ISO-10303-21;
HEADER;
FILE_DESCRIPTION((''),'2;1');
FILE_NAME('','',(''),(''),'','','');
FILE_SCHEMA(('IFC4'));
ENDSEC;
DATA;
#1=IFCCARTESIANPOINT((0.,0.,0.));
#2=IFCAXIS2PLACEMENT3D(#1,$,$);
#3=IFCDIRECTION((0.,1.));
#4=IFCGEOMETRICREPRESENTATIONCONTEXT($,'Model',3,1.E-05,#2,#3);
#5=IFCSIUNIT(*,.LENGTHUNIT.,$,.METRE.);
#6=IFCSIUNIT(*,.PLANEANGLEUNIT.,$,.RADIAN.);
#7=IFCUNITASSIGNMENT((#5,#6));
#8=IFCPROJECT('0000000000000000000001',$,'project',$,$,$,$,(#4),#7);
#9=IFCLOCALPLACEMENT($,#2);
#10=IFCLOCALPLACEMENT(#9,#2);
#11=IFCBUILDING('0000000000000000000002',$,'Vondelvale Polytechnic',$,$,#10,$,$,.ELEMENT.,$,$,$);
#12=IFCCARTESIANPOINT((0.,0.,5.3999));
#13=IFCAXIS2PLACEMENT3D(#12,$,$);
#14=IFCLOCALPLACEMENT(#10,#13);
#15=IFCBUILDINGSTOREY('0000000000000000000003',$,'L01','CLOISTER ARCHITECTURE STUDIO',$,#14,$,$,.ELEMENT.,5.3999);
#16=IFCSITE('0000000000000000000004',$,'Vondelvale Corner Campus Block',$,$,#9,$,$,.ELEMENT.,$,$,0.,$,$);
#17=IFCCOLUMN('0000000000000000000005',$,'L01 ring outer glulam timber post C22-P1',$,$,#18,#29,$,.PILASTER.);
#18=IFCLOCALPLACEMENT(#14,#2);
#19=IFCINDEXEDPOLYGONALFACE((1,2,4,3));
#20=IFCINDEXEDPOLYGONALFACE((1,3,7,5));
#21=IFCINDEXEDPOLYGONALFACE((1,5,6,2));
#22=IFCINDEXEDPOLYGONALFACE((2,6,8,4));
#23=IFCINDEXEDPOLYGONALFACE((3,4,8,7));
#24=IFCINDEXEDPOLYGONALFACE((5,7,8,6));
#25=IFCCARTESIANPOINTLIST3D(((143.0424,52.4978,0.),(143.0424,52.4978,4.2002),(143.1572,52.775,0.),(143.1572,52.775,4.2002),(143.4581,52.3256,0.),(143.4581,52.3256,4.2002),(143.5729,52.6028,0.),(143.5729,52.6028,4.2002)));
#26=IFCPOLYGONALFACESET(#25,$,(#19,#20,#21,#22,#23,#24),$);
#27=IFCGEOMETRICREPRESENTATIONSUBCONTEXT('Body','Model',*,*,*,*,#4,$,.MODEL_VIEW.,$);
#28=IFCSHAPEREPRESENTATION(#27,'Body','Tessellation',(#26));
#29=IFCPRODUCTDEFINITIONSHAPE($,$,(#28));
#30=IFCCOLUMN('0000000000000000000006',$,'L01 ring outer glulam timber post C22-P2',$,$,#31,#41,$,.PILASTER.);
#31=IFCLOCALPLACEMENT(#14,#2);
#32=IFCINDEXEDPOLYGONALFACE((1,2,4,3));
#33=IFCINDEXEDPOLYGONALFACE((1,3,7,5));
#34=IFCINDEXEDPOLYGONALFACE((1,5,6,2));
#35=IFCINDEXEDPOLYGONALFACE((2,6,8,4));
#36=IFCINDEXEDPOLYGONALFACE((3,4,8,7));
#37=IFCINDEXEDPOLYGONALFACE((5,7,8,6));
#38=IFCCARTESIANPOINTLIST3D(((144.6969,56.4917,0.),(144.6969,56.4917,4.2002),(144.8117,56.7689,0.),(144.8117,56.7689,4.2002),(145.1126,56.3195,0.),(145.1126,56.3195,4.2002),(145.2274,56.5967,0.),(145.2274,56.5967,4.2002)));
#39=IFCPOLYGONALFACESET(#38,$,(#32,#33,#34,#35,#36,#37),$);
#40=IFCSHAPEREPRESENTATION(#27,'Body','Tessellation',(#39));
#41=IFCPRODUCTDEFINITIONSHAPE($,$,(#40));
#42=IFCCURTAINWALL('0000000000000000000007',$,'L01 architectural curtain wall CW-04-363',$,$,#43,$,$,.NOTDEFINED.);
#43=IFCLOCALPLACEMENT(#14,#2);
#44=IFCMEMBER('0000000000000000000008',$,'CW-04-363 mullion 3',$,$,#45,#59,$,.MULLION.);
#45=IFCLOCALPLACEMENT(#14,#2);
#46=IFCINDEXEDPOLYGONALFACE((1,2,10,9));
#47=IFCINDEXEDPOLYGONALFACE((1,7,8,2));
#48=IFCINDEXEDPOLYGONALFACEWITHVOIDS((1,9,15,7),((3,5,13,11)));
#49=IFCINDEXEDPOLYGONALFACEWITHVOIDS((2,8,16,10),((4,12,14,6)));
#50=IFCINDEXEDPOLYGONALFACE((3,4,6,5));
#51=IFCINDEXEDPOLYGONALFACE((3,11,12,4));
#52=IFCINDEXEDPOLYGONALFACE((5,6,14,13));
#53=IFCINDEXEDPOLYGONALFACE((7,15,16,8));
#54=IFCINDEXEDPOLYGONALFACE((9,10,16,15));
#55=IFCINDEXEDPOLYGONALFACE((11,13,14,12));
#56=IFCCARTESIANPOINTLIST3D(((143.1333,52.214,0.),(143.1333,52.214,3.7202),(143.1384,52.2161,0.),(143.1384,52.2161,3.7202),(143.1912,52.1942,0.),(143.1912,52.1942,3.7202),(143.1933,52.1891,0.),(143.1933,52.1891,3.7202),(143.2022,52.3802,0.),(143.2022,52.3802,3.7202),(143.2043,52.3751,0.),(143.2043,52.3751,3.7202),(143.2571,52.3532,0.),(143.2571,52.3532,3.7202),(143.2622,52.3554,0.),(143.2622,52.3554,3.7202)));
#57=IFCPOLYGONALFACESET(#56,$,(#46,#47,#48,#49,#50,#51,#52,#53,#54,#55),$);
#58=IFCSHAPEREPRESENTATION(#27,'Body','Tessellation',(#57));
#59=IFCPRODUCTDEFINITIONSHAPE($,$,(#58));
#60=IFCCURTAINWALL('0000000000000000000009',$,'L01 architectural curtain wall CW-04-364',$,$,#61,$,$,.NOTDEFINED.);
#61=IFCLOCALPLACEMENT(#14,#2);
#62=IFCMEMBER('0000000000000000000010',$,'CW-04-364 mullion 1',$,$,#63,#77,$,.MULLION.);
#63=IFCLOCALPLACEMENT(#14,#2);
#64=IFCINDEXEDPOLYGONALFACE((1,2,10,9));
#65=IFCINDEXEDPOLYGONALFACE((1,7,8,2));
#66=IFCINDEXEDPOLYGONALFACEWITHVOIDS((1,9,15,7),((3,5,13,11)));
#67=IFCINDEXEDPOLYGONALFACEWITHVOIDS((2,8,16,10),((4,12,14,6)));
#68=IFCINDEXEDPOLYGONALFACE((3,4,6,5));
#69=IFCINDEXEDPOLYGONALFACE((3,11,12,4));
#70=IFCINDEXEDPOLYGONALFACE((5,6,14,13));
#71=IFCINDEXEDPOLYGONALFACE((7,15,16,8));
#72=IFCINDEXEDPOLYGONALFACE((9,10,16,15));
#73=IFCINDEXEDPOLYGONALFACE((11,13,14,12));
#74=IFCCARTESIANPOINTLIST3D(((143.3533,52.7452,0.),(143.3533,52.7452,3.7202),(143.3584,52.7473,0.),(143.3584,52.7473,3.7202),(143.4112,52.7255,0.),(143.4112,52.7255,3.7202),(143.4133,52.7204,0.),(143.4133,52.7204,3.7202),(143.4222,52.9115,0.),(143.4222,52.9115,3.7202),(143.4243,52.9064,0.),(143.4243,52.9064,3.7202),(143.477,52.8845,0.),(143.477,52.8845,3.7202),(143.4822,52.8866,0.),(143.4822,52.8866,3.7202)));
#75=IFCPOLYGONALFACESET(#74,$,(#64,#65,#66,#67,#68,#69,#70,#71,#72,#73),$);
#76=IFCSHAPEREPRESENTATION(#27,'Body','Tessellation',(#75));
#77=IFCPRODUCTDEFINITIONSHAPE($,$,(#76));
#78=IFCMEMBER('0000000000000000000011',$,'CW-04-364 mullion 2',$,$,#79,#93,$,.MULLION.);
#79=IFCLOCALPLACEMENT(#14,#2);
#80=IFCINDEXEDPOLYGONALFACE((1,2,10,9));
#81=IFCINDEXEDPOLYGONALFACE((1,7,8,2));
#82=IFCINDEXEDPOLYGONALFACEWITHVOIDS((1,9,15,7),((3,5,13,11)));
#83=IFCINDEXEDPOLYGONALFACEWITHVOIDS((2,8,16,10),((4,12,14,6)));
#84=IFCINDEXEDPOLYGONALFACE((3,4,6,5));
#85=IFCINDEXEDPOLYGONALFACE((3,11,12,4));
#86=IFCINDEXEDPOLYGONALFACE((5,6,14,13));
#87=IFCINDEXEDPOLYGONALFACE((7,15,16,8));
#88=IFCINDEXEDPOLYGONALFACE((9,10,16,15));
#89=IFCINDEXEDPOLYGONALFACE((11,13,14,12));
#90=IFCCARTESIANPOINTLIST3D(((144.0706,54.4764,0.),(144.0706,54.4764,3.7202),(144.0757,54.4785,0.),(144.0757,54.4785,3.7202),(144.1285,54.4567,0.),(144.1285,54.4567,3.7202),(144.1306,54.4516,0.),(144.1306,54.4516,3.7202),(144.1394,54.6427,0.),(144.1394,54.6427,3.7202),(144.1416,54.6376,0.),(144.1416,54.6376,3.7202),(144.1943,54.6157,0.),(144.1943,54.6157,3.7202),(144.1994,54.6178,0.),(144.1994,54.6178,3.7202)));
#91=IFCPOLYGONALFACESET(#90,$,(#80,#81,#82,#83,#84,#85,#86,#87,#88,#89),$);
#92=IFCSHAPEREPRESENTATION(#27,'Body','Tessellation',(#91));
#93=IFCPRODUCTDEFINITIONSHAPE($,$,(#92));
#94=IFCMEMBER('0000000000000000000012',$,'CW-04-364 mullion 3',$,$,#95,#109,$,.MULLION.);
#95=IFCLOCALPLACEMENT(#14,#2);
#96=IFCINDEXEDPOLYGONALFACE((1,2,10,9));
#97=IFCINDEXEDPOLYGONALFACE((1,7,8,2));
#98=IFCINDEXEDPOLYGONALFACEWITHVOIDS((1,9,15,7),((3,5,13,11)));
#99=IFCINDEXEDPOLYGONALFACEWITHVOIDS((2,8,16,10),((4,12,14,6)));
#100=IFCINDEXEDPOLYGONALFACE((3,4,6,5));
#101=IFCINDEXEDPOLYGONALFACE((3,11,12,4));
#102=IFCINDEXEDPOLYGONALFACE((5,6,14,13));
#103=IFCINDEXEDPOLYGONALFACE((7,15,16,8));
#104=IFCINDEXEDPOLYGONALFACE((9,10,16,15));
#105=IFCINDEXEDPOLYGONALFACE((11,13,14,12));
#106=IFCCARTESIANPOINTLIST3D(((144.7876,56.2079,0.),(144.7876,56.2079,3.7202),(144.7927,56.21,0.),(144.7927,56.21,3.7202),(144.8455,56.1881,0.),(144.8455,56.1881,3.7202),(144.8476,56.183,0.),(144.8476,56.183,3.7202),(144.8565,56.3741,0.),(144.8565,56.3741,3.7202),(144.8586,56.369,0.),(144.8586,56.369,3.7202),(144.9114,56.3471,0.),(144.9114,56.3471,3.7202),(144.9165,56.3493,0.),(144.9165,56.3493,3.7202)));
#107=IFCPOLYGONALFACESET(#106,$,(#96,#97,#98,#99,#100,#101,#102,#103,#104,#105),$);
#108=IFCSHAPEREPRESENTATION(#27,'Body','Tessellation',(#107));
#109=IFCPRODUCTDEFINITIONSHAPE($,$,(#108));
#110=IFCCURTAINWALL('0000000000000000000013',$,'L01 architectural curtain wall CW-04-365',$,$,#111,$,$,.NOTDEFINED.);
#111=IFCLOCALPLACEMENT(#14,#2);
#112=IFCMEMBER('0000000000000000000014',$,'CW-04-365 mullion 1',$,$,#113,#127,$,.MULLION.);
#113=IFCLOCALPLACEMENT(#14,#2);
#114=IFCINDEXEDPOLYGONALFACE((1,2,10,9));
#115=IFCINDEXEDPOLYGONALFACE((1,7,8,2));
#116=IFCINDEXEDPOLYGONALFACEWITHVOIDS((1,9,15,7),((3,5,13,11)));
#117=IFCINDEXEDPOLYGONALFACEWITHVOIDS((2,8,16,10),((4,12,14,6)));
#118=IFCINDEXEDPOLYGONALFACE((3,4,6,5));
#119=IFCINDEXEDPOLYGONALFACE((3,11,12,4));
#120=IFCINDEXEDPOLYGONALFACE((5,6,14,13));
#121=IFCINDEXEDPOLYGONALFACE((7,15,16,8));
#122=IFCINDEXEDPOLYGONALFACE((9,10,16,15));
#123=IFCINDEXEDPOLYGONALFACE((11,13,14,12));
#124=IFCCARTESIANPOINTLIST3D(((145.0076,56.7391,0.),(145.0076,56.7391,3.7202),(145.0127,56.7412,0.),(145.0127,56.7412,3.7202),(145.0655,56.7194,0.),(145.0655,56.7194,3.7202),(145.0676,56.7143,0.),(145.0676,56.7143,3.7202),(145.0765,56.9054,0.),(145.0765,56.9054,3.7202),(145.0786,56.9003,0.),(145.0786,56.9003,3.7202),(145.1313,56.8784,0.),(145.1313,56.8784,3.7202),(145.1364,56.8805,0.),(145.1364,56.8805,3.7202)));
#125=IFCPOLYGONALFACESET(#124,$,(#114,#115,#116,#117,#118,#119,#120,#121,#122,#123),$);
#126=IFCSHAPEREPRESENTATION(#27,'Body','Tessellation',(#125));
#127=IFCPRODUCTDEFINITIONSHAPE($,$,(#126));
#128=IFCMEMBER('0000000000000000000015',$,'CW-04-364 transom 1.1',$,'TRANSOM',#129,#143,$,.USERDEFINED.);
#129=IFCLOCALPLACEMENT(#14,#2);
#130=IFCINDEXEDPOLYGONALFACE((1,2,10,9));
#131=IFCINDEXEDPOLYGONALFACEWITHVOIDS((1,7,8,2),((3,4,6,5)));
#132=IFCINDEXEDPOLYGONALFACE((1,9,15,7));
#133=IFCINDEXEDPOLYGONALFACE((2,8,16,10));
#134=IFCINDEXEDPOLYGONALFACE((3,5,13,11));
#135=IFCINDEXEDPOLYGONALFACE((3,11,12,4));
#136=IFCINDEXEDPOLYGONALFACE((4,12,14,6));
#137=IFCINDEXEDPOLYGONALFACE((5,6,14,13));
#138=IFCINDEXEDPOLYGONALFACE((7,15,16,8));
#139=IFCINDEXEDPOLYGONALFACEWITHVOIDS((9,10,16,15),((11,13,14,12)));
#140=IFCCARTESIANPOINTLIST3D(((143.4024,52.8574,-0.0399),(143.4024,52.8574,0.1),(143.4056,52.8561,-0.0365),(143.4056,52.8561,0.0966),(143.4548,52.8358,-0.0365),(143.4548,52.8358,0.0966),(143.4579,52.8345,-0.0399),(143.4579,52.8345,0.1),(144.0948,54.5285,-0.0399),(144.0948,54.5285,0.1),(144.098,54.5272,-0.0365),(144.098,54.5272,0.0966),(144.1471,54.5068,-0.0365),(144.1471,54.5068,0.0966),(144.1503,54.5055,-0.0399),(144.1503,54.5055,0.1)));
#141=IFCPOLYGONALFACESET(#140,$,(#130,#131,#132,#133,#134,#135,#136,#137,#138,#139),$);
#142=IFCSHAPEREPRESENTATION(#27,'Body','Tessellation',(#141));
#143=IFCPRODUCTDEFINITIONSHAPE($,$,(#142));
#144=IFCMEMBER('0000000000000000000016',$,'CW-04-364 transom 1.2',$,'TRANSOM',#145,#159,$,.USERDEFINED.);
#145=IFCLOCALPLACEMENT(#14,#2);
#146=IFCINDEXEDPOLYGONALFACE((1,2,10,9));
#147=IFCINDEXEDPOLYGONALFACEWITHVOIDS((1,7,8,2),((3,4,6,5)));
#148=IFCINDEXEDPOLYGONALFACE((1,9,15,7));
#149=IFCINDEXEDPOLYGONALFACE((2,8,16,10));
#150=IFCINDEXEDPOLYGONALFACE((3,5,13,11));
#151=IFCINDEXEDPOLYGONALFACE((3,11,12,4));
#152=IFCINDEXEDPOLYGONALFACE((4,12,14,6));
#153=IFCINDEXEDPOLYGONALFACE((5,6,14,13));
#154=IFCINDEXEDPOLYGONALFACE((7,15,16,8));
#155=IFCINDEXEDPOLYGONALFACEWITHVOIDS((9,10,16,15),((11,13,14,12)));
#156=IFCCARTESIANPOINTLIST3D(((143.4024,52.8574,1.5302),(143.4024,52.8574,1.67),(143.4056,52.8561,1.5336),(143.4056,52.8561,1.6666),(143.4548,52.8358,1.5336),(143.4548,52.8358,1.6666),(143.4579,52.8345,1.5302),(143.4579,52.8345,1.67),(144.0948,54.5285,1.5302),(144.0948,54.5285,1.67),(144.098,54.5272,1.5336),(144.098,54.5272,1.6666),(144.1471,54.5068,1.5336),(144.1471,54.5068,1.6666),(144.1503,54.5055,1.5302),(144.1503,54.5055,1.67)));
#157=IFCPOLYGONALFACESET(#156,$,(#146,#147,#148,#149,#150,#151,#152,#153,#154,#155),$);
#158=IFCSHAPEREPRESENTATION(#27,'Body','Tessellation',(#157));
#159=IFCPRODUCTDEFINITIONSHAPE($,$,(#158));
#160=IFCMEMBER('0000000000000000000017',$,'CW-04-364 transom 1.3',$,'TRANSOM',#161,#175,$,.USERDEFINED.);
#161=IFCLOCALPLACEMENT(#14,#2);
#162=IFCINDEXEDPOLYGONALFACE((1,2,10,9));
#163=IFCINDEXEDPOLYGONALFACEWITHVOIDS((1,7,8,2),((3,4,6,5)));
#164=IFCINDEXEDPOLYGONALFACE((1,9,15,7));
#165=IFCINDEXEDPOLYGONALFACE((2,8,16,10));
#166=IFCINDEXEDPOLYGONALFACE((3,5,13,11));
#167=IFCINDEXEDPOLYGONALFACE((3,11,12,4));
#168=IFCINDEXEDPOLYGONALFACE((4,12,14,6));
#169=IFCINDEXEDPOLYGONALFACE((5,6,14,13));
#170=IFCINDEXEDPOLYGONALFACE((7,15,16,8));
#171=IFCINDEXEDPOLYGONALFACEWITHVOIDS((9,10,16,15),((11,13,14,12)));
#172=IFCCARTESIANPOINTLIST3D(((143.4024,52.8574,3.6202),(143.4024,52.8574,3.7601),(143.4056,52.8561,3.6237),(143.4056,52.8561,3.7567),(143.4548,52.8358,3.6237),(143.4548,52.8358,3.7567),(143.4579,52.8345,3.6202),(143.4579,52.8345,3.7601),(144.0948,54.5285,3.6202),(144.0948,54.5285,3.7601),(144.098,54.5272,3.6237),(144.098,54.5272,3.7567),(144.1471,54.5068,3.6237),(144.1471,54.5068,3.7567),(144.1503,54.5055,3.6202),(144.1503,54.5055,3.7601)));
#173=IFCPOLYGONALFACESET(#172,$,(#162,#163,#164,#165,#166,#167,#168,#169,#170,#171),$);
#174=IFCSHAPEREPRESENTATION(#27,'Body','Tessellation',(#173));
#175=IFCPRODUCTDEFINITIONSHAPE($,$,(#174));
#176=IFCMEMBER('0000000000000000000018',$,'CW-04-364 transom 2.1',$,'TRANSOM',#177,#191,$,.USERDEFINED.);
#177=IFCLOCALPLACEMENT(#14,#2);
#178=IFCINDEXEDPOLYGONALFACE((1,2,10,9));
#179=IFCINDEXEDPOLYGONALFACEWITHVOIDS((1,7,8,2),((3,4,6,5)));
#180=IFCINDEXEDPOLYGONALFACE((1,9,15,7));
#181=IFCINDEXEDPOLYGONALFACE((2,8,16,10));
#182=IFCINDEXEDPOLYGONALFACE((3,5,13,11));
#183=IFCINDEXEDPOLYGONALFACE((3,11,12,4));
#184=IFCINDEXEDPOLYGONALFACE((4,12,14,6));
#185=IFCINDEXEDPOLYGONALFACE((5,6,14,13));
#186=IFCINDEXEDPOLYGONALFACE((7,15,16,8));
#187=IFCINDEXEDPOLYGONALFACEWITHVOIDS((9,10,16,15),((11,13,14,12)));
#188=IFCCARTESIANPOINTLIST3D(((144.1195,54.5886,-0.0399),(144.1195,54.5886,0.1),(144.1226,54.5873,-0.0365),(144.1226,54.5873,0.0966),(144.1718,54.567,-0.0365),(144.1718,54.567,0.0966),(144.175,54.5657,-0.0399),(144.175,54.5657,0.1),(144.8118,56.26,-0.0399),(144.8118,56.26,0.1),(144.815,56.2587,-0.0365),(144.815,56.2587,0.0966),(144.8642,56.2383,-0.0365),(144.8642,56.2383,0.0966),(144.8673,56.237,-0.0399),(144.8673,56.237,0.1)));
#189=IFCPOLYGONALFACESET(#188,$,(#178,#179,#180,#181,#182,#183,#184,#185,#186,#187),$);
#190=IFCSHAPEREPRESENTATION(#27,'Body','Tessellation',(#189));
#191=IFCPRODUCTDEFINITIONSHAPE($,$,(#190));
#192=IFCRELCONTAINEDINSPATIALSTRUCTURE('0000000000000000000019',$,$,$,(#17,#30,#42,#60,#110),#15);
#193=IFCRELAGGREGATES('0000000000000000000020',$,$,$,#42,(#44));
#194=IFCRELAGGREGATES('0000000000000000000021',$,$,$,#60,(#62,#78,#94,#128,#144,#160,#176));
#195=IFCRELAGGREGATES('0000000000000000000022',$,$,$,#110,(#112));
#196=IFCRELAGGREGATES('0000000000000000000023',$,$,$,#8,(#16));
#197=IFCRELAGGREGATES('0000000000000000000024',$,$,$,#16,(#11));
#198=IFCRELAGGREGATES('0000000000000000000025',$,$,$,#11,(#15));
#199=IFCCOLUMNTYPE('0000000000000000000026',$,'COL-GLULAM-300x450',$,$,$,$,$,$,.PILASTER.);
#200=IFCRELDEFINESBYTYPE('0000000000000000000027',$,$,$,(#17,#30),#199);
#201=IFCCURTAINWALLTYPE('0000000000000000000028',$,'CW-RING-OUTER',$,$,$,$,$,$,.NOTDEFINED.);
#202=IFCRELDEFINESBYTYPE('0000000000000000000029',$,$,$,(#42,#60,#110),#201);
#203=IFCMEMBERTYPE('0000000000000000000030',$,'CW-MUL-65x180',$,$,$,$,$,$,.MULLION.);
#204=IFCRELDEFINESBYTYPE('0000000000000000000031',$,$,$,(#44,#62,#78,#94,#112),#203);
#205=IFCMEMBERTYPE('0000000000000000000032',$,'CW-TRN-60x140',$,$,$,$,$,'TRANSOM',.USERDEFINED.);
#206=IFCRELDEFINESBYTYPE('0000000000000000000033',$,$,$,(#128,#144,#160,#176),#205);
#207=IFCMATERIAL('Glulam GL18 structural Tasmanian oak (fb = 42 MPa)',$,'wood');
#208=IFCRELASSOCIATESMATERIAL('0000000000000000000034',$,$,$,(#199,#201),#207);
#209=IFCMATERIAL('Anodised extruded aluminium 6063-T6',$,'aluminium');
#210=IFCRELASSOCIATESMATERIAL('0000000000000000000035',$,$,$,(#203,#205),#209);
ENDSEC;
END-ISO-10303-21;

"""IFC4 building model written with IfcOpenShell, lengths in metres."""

from ifc_helpers import new_model, si_unit, direction, frame, origin, origin_2d, place, context, subcontext, project, spatial, rectangle, hollow_rectangle, extrude, material, material_profile, profile_set, type_object, element, aggregate, save


model = new_model("IFC4")

# Units and contexts
model_context = context("Model", 3, precision=1e-05, world=origin(), true_north=direction((0.0, 1.0)))
body_context = subcontext(model_context, "Body", "Model", "MODEL_VIEW")
ifc_project = project(units=[si_unit("LENGTHUNIT", "METRE"), si_unit("PLANEANGLEUNIT", "RADIAN")], contexts=[model_context])

# Site, building, storey
site_placement = place(None, origin())
site = spatial("IfcSite", under=ifc_project, at=site_placement, Name="Vondelvale Corner Campus Block", CompositionType="ELEMENT", RefElevation=0.0)
building_placement = place(site_placement, origin())
building = spatial("IfcBuilding", under=site, at=building_placement, Name="Vondelvale Polytechnic", CompositionType="ELEMENT")
storey_placement = place(building_placement, frame((0.0, 0.0, 5.3999)))
storey = spatial("IfcBuildingStorey", under=building, at=storey_placement, Name="L01", Description="CLOISTER ARCHITECTURE STUDIO", CompositionType="ELEMENT", Elevation=5.3999)

# Columns
ifc_material_1 = material(Name="Glulam GL18 structural Tasmanian oak (fb = 42 MPa)", Category="wood")
ifc_material_profile_1 = material_profile(ifc_material_1, rectangle(XDim=0.3, YDim=0.45, at=origin_2d()), Name="GL-POST-300x450")
ifc_profile_set_1 = profile_set([ifc_material_profile_1], Name="Glulam GL18 structural Tasmanian oak (fb = 42 MPa)")
column_type = type_object("IfcColumnType", Name="COL-GLULAM-300x450", PredefinedType="PILASTER", material=ifc_profile_set_1)
for number, where, z_axis, x_axis, name in (
    (1, (143.3076, 52.5503, 0.0), (0.0, 0.0, 1.0), (0.382683, 0.92388, 0.0), "L01 ring outer glulam timber post C22-P1"),
    (2, (144.9622, 56.5442, 0.0), (0.0, 0.0, 1.0), (0.382683, 0.92388, 0.0), "L01 ring outer glulam timber post C22-P2"),
):
    element("IfcColumn", number, at=place(storey_placement, frame(where, z_axis=z_axis, x_axis=x_axis)), inside=storey, type_object=column_type, Name=name, PredefinedType="PILASTER", context=body_context, shape_type="SweptSolid", body=[
        extrude(rectangle(XDim=0.3, YDim=0.45, at=origin_2d()), origin(), (0.0, 0.0, 1.0), 4.2002),
    ])

# Curtain wall, member
curtain_wall_type = type_object("IfcCurtainWallType", Name="CW-RING-OUTER", PredefinedType="NOTDEFINED", material=ifc_material_1)
curtain_wall_1_placement = place(storey_placement, origin())
curtain_wall_1 = element("IfcCurtainWall", 3, at=curtain_wall_1_placement, inside=storey, type_object=curtain_wall_type, Name="L01 architectural curtain wall CW-04-363", PredefinedType="NOTDEFINED")
ifc_material_2 = material(Name="Anodised extruded aluminium 6063-T6", Category="aluminium")
ifc_material_profile_2 = material_profile(ifc_material_2, hollow_rectangle(XDim=0.0649, YDim=0.1799, WallThickness=0.0039, at=origin_2d()), Name="CW-MUL-180x65")
ifc_profile_set_2 = profile_set([ifc_material_profile_2], Name="Anodised extruded aluminium 6063-T6")
member_type_1 = type_object("IfcMemberType", Name="CW-MUL-65x180", PredefinedType="MULLION", material=ifc_profile_set_2)
member_1_placement = place(storey_placement, frame((143.1978, 52.2847, 0.0), z_axis=(0.0, 0.0, 1.0), x_axis=(-0.923882, 0.382677, 0.0)))
member_1 = element("IfcMember", 4, at=member_1_placement, type_object=member_type_1, Name="CW-04-363 mullion 3", PredefinedType="MULLION", context=body_context, shape_type="SweptSolid", body=[
    extrude(hollow_rectangle(XDim=0.0649, YDim=0.1799, WallThickness=0.0039, at=origin_2d()), origin(), (0.0, 0.0, 1.0), 3.7202),
])

# Curtain wall, members
curtain_wall_2_placement = place(storey_placement, origin())
curtain_wall_2 = element("IfcCurtainWall", 5, at=curtain_wall_2_placement, inside=storey, type_object=curtain_wall_type, Name="L01 architectural curtain wall CW-04-364", PredefinedType="NOTDEFINED")
member_2_placement = place(storey_placement, frame((143.4177, 52.8159, 0.0), z_axis=(0.0, 0.0, 1.0), x_axis=(-0.923875, 0.382695, 0.0)))
member_2 = element("IfcMember", 6, at=member_2_placement, type_object=member_type_1, Name="CW-04-364 mullion 1", PredefinedType="MULLION", context=body_context, shape_type="SweptSolid", body=[
    extrude(hollow_rectangle(XDim=0.0649, YDim=0.1799, WallThickness=0.0039, at=origin_2d()), origin(), (0.0, 0.0, 1.0), 3.7202),
])
member_3_placement = place(storey_placement, frame((144.135, 54.5471, 0.0), z_axis=(0.0, 0.0, 1.0), x_axis=(-0.923875, 0.382695, 0.0)))
member_3 = element("IfcMember", 7, at=member_3_placement, type_object=member_type_1, Name="CW-04-364 mullion 2", PredefinedType="MULLION", context=body_context, shape_type="SweptSolid", body=[
    extrude(hollow_rectangle(XDim=0.0649, YDim=0.1799, WallThickness=0.0039, at=origin_2d()), origin(), (0.0, 0.0, 1.0), 3.7202),
])
member_4_placement = place(storey_placement, frame((144.8521, 56.2786, 0.0), z_axis=(0.0, 0.0, 1.0), x_axis=(-0.923875, 0.382695, 0.0)))
member_4 = element("IfcMember", 8, at=member_4_placement, type_object=member_type_1, Name="CW-04-364 mullion 3", PredefinedType="MULLION", context=body_context, shape_type="SweptSolid", body=[
    extrude(hollow_rectangle(XDim=0.0649, YDim=0.1799, WallThickness=0.0039, at=origin_2d()), origin(), (0.0, 0.0, 1.0), 3.7202),
])

# Curtain wall, member
curtain_wall_3_placement = place(storey_placement, origin())
curtain_wall_3 = element("IfcCurtainWall", 9, at=curtain_wall_3_placement, inside=storey, type_object=curtain_wall_type, Name="L01 architectural curtain wall CW-04-365", PredefinedType="NOTDEFINED")
member_5_placement = place(storey_placement, frame((145.072, 56.8098, 0.0), z_axis=(0.0, 0.0, 1.0), x_axis=(-0.923882, 0.382677, 0.0)))
member_5 = element("IfcMember", 10, at=member_5_placement, type_object=member_type_1, Name="CW-04-365 mullion 1", PredefinedType="MULLION", context=body_context, shape_type="SweptSolid", body=[
    extrude(hollow_rectangle(XDim=0.0649, YDim=0.1799, WallThickness=0.0039, at=origin_2d()), origin(), (0.0, 0.0, 1.0), 3.7202),
])

# Members
ifc_material_profile_3 = material_profile(ifc_material_2, hollow_rectangle(XDim=0.0601, YDim=0.1399, WallThickness=0.0034, at=origin_2d()), Name="CW-TRN-140x60")
ifc_profile_set_3 = profile_set([ifc_material_profile_3], Name="Anodised extruded aluminium 6063-T6")
member_type_2 = type_object("IfcMemberType", Name="CW-TRN-60x140", ElementType="TRANSOM", PredefinedType="USERDEFINED", material=ifc_profile_set_3)
member_6_placement = place(storey_placement, frame((143.4302, 52.8459, 0.03), z_axis=(0.382765, 0.923846, 0.0), x_axis=(-0.923846, 0.382765, 0.0)))
member_6 = element("IfcMember", 11, at=member_6_placement, type_object=member_type_2, Name="CW-04-364 transom 1.1", ObjectType="TRANSOM", PredefinedType="USERDEFINED", context=body_context, shape_type="SweptSolid", body=[
    extrude(hollow_rectangle(XDim=0.0601, YDim=0.1399, WallThickness=0.0034, at=origin_2d()), origin(), (0.0, 0.0, 1.0), 1.8088),
])
member_7_placement = place(storey_placement, frame((143.4302, 52.8459, 1.6001), z_axis=(0.382765, 0.923846, 0.0), x_axis=(-0.923846, 0.382765, 0.0)))
member_7 = element("IfcMember", 12, at=member_7_placement, type_object=member_type_2, Name="CW-04-364 transom 1.2", ObjectType="TRANSOM", PredefinedType="USERDEFINED", context=body_context, shape_type="SweptSolid", body=[
    extrude(hollow_rectangle(XDim=0.0601, YDim=0.1399, WallThickness=0.0034, at=origin_2d()), origin(), (0.0, 0.0, 1.0), 1.8088),
])
member_8_placement = place(storey_placement, frame((143.4302, 52.8459, 3.6902), z_axis=(0.382765, 0.923846, 0.0), x_axis=(-0.923846, 0.382765, 0.0)))
member_8 = element("IfcMember", 13, at=member_8_placement, type_object=member_type_2, Name="CW-04-364 transom 1.3", ObjectType="TRANSOM", PredefinedType="USERDEFINED", context=body_context, shape_type="SweptSolid", body=[
    extrude(hollow_rectangle(XDim=0.0601, YDim=0.1399, WallThickness=0.0034, at=origin_2d()), origin(), (0.0, 0.0, 1.0), 1.8088),
])
member_9_placement = place(storey_placement, frame((144.1472, 54.5771, 0.03), z_axis=(0.382717, 0.923866, 0.0), x_axis=(-0.923866, 0.382717, 0.0)))
member_9 = element("IfcMember", 14, at=member_9_placement, type_object=member_type_2, Name="CW-04-364 transom 2.1", ObjectType="TRANSOM", PredefinedType="USERDEFINED", context=body_context, shape_type="SweptSolid", body=[
    extrude(hollow_rectangle(XDim=0.0601, YDim=0.1399, WallThickness=0.0034, at=origin_2d()), origin(), (0.0, 0.0, 1.0), 1.8091),
])

aggregate(curtain_wall_1, [member_1])
aggregate(curtain_wall_2, [member_2, member_3, member_4, member_6, member_7, member_8, member_9])
aggregate(curtain_wall_3, [member_5])

save(model, "model.ifc")
